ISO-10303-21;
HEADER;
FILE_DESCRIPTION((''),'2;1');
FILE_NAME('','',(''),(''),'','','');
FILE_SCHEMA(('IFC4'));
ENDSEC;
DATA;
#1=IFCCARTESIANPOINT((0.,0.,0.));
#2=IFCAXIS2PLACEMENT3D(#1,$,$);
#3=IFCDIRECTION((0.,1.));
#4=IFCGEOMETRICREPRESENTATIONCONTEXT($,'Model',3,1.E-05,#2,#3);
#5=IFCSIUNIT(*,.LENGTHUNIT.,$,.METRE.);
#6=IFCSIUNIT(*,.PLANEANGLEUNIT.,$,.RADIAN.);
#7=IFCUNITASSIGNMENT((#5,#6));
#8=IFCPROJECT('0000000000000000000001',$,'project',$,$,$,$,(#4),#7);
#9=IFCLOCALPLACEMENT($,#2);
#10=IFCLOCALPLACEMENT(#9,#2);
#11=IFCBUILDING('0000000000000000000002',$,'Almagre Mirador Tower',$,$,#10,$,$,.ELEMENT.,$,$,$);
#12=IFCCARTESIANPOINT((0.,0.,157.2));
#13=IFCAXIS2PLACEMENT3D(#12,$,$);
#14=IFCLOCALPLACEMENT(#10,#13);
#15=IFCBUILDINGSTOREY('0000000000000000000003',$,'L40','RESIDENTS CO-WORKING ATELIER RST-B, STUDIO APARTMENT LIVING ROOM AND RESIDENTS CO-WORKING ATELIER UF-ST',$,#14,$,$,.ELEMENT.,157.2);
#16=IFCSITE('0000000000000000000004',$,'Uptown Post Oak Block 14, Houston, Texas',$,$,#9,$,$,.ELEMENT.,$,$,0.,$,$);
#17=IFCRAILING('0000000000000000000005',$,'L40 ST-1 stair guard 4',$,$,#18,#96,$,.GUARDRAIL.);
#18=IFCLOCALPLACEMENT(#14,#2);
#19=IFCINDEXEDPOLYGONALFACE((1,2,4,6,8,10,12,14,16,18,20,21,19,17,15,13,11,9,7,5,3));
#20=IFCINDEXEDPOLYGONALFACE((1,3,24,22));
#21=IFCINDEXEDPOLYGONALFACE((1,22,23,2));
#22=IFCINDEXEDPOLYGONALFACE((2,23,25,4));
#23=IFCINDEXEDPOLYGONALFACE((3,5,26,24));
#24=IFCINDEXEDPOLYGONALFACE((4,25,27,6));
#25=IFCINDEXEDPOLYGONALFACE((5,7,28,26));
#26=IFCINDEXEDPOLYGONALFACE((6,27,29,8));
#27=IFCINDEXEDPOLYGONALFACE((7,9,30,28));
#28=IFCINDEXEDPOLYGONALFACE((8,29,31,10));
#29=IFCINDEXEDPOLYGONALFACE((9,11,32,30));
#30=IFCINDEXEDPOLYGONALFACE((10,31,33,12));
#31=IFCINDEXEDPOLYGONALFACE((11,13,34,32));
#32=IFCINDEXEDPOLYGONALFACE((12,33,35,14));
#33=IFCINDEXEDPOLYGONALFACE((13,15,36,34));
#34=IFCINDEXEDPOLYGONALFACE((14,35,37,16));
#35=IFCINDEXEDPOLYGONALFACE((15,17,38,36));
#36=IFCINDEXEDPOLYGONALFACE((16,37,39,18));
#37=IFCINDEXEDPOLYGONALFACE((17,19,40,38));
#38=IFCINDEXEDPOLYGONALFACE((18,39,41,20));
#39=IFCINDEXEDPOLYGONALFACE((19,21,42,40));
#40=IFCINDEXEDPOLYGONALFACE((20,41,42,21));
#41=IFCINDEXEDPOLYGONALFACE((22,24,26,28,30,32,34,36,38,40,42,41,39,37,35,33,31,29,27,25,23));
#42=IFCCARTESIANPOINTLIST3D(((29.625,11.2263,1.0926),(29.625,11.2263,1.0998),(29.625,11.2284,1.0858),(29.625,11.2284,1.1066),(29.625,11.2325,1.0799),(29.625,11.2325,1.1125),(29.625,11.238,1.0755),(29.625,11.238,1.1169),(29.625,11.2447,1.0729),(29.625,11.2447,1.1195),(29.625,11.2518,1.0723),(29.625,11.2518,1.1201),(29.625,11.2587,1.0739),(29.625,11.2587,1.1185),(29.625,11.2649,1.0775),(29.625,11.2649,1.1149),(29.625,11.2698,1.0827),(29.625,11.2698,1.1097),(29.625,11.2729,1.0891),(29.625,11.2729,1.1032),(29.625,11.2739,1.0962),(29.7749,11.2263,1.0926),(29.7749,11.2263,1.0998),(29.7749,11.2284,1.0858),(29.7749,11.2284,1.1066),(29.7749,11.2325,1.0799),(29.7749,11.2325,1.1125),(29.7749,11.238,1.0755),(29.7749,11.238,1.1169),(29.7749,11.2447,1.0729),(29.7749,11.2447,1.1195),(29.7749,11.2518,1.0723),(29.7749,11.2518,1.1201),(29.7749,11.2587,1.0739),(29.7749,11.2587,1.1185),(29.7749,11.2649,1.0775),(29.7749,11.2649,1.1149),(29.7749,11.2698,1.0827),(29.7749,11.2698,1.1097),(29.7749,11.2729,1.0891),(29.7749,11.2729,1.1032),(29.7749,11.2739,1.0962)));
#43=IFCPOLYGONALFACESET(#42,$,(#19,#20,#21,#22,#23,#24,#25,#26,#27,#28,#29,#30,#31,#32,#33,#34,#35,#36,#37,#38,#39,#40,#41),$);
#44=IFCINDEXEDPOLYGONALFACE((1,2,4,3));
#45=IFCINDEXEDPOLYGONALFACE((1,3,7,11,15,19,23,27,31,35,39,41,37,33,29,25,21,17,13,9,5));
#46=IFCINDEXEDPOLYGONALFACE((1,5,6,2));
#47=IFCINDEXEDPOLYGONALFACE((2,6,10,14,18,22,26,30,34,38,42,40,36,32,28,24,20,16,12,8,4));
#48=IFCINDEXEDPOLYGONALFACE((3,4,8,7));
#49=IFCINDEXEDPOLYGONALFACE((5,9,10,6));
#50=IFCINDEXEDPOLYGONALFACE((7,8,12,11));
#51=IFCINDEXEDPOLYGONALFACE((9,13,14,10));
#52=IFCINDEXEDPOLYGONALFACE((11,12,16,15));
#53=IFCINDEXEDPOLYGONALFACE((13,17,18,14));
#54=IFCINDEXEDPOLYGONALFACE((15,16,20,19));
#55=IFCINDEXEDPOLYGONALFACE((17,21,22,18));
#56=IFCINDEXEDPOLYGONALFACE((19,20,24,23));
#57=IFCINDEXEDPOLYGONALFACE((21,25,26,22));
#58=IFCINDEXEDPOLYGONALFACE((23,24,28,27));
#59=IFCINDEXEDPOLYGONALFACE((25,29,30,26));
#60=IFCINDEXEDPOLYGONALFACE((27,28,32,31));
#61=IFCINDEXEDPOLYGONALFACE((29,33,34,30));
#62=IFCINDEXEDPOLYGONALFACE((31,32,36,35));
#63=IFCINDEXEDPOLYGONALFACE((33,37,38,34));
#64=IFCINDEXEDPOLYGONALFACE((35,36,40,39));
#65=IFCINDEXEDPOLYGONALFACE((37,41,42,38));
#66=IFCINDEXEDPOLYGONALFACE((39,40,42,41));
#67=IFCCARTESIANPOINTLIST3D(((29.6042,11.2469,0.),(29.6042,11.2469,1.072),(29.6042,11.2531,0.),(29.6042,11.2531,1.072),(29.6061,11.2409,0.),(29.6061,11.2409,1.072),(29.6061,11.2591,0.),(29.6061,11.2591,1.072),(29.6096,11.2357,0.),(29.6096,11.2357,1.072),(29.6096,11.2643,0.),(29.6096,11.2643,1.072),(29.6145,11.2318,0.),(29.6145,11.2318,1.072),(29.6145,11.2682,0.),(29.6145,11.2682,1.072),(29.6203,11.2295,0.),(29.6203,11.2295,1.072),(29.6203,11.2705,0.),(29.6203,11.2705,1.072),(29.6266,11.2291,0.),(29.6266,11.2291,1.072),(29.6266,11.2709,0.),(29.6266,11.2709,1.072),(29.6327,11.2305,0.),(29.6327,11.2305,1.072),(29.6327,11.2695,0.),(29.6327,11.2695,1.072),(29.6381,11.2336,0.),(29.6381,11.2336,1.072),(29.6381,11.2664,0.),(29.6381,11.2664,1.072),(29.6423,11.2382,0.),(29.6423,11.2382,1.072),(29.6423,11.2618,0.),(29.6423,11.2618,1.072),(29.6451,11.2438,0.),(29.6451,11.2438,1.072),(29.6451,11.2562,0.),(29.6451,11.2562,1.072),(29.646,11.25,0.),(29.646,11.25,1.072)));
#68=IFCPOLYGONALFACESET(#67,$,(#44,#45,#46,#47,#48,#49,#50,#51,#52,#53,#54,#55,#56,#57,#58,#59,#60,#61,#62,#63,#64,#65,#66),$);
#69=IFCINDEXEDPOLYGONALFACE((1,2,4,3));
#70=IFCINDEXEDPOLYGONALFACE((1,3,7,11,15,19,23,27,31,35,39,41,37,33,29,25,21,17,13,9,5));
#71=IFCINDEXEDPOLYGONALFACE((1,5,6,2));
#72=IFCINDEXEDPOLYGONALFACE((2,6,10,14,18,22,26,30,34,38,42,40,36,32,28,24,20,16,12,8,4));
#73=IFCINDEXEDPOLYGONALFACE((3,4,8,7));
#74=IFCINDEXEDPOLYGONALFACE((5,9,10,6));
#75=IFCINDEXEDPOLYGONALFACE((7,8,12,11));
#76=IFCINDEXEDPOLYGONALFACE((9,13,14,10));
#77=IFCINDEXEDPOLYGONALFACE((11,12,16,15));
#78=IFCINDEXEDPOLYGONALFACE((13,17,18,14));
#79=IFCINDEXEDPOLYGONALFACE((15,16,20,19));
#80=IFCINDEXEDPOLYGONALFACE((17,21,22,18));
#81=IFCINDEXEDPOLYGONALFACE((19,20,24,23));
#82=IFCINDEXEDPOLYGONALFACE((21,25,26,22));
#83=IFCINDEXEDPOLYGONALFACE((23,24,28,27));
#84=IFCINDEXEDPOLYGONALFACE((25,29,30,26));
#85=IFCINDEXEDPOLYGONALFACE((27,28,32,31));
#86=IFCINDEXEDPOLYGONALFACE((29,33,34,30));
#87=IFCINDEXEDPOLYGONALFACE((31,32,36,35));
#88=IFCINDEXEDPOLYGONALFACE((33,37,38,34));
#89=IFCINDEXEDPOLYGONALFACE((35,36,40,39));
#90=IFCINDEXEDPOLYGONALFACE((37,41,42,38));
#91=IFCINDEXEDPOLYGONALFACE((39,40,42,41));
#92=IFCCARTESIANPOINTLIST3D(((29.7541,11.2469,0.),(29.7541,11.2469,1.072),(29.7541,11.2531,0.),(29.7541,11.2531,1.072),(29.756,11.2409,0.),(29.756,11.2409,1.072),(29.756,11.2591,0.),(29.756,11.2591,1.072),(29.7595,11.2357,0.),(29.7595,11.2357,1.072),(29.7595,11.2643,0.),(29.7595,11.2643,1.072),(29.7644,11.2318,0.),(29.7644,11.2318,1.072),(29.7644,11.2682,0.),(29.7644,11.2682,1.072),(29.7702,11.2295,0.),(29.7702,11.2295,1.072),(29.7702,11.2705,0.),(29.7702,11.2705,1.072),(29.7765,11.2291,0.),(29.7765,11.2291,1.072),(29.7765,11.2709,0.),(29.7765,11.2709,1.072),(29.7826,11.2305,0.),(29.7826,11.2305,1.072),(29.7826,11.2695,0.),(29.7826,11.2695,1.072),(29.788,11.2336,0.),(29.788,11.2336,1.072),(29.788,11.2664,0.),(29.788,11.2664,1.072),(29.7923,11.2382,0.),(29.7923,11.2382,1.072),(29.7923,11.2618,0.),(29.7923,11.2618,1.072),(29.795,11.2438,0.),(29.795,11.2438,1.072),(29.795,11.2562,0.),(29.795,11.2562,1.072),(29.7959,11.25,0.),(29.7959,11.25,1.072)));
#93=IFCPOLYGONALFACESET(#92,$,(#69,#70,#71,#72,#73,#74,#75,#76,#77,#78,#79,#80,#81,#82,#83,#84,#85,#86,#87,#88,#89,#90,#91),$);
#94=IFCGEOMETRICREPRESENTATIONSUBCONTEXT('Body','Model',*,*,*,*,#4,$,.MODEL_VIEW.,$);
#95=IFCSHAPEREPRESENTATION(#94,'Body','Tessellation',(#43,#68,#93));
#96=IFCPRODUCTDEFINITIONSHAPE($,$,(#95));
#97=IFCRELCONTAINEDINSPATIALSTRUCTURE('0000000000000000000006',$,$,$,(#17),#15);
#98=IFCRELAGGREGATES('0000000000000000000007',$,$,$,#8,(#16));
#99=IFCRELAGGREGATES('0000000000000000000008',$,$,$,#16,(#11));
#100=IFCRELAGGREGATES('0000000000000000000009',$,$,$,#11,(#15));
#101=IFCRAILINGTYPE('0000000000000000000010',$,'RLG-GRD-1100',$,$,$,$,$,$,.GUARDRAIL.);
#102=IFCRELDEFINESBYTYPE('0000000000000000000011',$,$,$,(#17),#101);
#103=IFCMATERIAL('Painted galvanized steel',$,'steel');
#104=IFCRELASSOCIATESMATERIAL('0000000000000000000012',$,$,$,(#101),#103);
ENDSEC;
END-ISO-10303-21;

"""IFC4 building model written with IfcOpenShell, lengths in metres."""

from ifc_helpers import new_model, si_unit, direction, frame, origin, origin_2d, place, context, subcontext, project, spatial, circle, extrude, material, type_object, element, save


model = new_model("IFC4")

# Units and contexts
model_context = context("Model", 3, precision=1e-05, world=origin(), true_north=direction((0.0, 1.0)))
body_context = subcontext(model_context, "Body", "Model", "MODEL_VIEW")
ifc_project = project(units=[si_unit("LENGTHUNIT", "METRE"), si_unit("PLANEANGLEUNIT", "RADIAN")], contexts=[model_context])

# Site, building, storey
site_placement = place(None, origin())
site = spatial("IfcSite", under=ifc_project, at=site_placement, Name="Uptown Post Oak Block 14, Houston, Texas", CompositionType="ELEMENT", RefElevation=0.0)
building_placement = place(site_placement, origin())
building = spatial("IfcBuilding", under=site, at=building_placement, Name="Almagre Mirador Tower", CompositionType="ELEMENT")
storey_placement = place(building_placement, frame((0.0, 0.0, 157.2)))
storey = spatial("IfcBuildingStorey", under=building, at=storey_placement, Name="L40", Description="RESIDENTS CO-WORKING ATELIER RST-B, STUDIO APARTMENT LIVING ROOM AND RESIDENTS CO-WORKING ATELIER UF-ST", CompositionType="ELEMENT", Elevation=157.2)

# Railing
ifc_material_1 = material(Name="Painted galvanized steel", Category="steel")
railing_type_1 = type_object("IfcRailingType", Name="RLG-GRD-1100", PredefinedType="GUARDRAIL", material=ifc_material_1)
railing_1_placement = place(storey_placement, frame((29.625, 11.25, 0.0)))
element("IfcRailing", 1, at=railing_1_placement, inside=storey, type_object=railing_type_1, Name="L40 ST-1 stair guard 4", PredefinedType="GUARDRAIL", context=body_context, shape_type="SweptSolid", body=[
    extrude(circle(Radius=0.0239, at=origin_2d()), frame((0.0, 0.0, 1.0962), z_axis=(1.0, 0.0, 0.0), x_axis=(0.0, 1.0, 0.0)), (0.0, 0.0, 1.0), 0.1499),
    extrude(circle(Radius=0.021, at=origin_2d()), origin(), (0.0, 0.0, 1.0), 1.072),
    extrude(circle(Radius=0.021, at=origin_2d()), frame((0.1499, 0.0, 0.0)), (0.0, 0.0, 1.0), 1.072),
])

save(model, "model.ifc")
